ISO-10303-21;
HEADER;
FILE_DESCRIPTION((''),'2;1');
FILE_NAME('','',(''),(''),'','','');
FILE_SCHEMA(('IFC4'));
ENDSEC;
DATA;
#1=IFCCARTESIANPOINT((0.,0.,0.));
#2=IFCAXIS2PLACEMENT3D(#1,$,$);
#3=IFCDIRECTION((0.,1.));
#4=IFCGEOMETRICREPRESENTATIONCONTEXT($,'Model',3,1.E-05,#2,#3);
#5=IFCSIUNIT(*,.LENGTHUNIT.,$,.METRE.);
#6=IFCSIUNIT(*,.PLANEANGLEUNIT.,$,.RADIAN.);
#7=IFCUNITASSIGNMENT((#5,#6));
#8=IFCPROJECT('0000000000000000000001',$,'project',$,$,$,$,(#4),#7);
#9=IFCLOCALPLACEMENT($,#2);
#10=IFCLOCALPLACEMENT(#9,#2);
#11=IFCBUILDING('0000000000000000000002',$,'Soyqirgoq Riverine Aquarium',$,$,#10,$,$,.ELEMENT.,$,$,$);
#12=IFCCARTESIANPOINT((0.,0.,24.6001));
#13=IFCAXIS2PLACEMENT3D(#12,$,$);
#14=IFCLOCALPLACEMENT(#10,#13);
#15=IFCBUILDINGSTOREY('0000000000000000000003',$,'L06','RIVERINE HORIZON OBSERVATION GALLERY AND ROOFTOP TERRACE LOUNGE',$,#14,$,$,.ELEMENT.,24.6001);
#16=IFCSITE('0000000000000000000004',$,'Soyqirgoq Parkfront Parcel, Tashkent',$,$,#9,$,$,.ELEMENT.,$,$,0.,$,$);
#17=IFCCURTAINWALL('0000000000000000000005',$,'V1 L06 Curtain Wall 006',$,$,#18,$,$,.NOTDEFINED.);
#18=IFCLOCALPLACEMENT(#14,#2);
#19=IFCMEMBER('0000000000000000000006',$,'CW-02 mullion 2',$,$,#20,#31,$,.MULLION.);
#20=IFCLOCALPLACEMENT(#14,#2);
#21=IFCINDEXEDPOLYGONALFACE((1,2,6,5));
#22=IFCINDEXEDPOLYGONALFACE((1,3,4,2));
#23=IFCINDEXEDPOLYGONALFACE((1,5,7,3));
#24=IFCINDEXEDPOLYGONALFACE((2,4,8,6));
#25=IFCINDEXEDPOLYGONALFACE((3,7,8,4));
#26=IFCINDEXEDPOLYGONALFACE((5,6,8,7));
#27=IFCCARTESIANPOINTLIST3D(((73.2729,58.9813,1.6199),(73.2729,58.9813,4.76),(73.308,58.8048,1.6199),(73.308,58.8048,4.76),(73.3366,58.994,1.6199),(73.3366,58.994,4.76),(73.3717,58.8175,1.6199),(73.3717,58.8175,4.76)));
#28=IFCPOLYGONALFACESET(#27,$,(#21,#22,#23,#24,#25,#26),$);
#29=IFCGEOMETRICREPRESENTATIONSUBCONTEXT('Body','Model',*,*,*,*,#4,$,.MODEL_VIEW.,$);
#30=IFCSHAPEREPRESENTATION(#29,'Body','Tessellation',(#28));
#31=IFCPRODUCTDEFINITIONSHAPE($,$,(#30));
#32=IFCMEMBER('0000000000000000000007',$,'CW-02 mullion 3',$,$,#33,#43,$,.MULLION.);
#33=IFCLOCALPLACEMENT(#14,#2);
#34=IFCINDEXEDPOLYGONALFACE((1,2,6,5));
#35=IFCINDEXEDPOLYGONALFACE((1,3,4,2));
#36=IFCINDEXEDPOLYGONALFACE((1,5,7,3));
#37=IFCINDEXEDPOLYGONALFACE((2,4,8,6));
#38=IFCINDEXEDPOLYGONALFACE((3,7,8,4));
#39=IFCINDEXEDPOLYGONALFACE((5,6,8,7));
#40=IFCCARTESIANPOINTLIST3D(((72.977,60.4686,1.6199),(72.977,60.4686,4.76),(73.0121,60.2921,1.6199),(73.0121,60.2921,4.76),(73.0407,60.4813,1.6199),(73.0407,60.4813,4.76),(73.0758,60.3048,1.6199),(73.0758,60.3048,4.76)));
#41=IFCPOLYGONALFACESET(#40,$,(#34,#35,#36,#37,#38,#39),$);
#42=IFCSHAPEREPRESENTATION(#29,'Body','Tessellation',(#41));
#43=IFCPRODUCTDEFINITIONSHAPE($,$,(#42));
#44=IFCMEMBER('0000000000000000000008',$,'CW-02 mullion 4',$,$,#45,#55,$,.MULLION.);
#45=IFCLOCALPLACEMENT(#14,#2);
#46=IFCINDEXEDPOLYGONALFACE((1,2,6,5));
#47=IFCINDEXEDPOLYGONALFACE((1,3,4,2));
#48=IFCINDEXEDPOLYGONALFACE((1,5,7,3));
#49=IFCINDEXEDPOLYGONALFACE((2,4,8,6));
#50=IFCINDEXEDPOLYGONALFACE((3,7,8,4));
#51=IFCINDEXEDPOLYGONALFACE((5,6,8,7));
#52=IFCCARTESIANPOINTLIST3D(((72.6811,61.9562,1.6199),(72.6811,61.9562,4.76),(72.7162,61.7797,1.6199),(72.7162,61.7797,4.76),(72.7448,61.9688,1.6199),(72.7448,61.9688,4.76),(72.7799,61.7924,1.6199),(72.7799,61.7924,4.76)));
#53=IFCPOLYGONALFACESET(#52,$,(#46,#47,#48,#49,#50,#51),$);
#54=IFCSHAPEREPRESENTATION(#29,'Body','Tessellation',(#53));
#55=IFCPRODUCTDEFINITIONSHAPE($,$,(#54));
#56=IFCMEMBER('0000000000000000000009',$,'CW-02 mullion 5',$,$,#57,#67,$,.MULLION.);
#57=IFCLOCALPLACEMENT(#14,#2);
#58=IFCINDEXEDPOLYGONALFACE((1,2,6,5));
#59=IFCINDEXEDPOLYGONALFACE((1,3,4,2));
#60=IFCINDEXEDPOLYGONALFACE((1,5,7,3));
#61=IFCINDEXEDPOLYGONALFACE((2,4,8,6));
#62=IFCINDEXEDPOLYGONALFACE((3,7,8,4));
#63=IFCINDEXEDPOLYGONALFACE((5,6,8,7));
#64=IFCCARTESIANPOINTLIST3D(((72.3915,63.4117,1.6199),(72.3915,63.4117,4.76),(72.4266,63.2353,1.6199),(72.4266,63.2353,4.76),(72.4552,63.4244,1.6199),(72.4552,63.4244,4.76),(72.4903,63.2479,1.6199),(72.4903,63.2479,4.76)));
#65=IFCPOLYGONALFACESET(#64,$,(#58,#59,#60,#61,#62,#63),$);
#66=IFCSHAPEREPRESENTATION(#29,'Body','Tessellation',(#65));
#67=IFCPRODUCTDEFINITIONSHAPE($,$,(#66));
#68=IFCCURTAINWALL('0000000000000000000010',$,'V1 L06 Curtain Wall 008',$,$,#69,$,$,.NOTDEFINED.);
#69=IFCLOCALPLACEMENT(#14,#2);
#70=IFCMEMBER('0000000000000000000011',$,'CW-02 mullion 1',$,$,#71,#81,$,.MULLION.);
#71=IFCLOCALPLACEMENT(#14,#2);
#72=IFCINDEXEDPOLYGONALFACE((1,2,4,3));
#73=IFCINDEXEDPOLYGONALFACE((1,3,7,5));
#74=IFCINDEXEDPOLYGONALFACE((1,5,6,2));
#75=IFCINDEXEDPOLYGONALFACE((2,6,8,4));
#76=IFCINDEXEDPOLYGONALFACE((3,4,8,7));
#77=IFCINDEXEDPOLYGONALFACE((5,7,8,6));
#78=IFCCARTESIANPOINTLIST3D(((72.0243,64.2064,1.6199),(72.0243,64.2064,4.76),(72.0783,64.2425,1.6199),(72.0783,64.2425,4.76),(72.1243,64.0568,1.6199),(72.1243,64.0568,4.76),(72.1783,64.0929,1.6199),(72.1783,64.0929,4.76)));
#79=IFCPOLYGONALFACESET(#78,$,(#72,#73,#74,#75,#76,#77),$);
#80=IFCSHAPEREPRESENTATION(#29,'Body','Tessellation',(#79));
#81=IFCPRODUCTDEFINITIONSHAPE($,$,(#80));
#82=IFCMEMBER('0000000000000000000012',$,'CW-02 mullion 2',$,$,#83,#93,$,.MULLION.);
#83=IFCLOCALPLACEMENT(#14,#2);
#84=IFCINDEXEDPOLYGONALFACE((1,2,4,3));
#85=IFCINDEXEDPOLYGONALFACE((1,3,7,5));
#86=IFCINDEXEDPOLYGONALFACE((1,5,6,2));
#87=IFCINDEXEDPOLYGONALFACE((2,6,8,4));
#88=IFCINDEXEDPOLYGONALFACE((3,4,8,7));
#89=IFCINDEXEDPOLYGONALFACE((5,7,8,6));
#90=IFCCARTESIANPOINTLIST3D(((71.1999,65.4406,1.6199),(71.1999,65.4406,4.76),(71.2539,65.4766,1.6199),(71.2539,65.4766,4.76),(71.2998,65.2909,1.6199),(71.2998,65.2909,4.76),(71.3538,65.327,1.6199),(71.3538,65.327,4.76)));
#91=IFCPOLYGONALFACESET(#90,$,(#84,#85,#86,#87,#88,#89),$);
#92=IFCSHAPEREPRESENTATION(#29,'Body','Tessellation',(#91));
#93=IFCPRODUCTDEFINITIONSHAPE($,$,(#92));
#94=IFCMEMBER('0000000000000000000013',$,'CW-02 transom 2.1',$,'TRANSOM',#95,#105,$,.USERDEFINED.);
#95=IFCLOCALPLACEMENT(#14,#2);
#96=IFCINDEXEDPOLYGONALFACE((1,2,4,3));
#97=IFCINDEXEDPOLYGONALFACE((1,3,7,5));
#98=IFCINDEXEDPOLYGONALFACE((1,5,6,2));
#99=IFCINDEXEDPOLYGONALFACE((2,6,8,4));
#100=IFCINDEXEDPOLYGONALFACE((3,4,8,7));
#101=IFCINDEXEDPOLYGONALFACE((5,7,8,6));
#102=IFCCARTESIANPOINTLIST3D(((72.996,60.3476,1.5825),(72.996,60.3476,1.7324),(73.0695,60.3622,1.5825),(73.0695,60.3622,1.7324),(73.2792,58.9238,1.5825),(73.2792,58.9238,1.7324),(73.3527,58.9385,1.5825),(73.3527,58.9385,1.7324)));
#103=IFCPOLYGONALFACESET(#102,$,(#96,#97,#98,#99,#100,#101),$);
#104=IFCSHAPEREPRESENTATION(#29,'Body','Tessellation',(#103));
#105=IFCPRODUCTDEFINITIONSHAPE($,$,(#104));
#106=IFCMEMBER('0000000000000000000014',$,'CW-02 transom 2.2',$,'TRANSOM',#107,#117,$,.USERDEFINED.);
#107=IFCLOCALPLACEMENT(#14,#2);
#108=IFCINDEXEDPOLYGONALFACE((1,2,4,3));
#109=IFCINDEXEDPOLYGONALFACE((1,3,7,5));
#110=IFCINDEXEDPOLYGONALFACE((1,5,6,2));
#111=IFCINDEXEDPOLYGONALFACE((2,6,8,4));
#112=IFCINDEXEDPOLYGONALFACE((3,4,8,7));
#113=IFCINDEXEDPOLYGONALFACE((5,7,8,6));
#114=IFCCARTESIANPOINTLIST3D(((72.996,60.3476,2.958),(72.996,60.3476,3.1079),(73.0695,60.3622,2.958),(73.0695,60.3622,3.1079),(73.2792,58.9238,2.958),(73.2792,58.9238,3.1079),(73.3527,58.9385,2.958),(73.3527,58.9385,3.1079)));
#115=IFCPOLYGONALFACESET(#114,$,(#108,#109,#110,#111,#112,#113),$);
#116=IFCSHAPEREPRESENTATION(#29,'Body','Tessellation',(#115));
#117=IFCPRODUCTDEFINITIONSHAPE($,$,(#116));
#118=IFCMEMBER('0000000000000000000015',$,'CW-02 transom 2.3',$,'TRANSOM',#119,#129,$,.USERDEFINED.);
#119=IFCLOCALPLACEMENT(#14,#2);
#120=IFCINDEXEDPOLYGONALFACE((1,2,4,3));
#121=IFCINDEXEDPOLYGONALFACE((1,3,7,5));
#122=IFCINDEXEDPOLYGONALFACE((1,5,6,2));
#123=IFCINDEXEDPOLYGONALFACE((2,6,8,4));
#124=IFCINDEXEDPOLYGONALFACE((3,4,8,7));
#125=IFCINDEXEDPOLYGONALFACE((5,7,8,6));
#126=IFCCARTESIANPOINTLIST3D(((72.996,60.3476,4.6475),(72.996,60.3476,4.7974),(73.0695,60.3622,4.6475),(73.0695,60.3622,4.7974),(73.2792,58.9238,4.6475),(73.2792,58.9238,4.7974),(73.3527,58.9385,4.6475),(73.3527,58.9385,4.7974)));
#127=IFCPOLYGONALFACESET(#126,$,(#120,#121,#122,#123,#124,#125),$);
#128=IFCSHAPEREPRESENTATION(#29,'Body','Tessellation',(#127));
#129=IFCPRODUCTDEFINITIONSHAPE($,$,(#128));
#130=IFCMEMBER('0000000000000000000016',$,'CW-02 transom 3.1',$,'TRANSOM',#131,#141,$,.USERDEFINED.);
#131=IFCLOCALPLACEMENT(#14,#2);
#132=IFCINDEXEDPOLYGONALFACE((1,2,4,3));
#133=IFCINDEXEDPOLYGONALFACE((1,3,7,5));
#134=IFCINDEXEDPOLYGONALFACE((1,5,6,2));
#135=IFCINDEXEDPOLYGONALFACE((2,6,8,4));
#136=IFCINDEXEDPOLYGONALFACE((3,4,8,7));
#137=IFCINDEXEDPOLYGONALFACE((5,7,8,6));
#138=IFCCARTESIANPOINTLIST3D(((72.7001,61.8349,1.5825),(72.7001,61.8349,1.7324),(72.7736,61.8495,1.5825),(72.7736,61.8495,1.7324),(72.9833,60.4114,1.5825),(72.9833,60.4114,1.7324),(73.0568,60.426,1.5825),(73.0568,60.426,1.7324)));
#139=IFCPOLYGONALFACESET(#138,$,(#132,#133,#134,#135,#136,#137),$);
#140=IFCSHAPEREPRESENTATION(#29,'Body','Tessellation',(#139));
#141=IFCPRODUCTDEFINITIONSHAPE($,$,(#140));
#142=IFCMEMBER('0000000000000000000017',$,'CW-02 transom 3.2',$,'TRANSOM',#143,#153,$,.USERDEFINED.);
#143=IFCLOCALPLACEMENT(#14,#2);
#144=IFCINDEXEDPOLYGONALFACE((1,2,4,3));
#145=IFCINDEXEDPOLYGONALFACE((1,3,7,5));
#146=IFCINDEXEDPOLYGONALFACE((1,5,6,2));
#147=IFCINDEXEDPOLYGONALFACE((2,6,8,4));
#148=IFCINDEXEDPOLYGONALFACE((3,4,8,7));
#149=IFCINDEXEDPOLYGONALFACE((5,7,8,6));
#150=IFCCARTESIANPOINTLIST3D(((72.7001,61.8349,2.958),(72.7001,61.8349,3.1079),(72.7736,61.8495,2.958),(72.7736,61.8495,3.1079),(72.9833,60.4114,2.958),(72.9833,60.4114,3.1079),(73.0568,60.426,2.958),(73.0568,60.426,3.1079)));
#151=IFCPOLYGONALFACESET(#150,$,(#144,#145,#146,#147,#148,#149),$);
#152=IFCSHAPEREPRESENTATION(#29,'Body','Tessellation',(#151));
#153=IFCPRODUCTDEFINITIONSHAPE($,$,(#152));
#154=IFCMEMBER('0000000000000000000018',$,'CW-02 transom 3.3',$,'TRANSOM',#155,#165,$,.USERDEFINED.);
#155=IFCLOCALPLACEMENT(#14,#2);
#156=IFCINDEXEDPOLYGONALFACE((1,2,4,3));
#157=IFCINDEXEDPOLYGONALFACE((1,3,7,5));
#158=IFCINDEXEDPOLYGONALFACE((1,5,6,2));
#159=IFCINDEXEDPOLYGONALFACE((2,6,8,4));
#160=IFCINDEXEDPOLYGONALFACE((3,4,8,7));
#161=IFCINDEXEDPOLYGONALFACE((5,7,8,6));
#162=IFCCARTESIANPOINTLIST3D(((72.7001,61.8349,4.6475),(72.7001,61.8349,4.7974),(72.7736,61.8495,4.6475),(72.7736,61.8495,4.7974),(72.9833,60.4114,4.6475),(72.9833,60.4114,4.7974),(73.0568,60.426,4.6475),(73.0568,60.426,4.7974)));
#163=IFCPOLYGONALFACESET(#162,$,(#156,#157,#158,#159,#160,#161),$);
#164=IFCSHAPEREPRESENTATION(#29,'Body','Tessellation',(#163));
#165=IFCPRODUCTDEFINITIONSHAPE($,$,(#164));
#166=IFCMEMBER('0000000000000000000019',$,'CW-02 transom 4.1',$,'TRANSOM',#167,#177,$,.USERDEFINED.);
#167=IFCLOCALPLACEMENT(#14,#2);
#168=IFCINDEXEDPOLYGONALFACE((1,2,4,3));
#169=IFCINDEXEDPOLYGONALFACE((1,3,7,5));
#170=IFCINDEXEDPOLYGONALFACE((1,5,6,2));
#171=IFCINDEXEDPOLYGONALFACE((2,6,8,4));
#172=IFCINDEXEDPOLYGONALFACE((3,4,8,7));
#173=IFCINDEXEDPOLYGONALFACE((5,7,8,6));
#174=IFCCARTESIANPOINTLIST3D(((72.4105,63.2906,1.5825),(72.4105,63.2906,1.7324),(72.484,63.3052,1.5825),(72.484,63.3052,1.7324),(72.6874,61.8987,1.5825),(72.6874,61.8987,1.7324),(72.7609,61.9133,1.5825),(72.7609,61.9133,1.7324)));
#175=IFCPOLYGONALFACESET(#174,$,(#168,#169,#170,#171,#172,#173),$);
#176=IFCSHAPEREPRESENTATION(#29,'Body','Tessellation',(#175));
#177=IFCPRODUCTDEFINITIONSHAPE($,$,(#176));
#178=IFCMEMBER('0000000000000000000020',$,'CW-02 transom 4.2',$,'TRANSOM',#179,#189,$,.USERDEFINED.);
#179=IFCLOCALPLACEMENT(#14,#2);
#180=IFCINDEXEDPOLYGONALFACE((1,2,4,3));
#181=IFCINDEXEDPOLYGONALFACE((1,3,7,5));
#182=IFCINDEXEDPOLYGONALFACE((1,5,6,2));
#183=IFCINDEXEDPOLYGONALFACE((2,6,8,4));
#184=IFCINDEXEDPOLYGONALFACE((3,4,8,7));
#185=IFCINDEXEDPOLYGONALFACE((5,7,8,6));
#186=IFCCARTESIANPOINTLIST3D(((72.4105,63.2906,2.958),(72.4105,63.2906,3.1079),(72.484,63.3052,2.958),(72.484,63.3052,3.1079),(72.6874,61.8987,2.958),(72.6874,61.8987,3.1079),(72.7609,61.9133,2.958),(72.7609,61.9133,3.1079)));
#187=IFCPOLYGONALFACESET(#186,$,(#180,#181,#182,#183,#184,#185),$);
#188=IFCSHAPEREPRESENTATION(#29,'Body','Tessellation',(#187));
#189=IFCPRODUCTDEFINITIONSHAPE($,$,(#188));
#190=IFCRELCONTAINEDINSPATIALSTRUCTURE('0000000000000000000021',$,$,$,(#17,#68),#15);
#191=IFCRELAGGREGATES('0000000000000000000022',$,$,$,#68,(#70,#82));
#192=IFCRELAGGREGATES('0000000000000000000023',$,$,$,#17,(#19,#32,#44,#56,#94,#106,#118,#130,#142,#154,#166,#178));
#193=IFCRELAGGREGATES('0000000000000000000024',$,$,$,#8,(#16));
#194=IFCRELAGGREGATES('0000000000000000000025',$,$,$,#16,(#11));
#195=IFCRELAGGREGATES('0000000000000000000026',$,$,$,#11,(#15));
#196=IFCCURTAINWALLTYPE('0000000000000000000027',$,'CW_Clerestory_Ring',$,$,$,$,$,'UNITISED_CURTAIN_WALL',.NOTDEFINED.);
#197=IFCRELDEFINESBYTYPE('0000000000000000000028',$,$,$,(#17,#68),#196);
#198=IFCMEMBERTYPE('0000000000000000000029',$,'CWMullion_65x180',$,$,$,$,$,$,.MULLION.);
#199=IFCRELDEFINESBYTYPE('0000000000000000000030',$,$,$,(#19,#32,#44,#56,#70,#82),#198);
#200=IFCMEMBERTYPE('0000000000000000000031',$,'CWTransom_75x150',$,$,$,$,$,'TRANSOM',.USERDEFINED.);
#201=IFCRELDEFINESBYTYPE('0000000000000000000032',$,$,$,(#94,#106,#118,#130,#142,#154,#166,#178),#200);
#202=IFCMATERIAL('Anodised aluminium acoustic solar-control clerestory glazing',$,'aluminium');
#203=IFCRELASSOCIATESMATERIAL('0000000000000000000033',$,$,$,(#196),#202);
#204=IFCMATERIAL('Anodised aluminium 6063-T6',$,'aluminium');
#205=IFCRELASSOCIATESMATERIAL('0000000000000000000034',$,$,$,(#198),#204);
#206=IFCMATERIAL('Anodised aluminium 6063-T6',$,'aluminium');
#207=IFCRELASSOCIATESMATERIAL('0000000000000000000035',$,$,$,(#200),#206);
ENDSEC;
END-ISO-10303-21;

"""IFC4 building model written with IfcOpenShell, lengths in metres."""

from ifc_helpers import new_model, si_unit, direction, frame, origin, origin_2d, place, context, subcontext, project, spatial, rectangle, extrude, material, material_profile, profile_set, type_object, element, aggregate, save


model = new_model("IFC4")

# Units and contexts
model_context = context("Model", 3, precision=1e-05, world=origin(), true_north=direction((0.0, 1.0)))
body_context = subcontext(model_context, "Body", "Model", "MODEL_VIEW")
ifc_project = project(units=[si_unit("LENGTHUNIT", "METRE"), si_unit("PLANEANGLEUNIT", "RADIAN")], contexts=[model_context])

# Site, building, storey
site_placement = place(None, origin())
site = spatial("IfcSite", under=ifc_project, at=site_placement, Name="Soyqirgoq Parkfront Parcel, Tashkent", CompositionType="ELEMENT", RefElevation=0.0)
building_placement = place(site_placement, origin())
building = spatial("IfcBuilding", under=site, at=building_placement, Name="Soyqirgoq Riverine Aquarium", CompositionType="ELEMENT")
storey_placement = place(building_placement, frame((0.0, 0.0, 24.6001)))
storey = spatial("IfcBuildingStorey", under=building, at=storey_placement, Name="L06", Description="RIVERINE HORIZON OBSERVATION GALLERY AND ROOFTOP TERRACE LOUNGE", CompositionType="ELEMENT", Elevation=24.6001)

# Curtain walls, members
ifc_material_1 = material(Name="Anodised aluminium acoustic solar-control clerestory glazing", Category="aluminium")
curtain_wall_type = type_object("IfcCurtainWallType", Name="CW_Clerestory_Ring", ElementType="UNITISED_CURTAIN_WALL", PredefinedType="NOTDEFINED", material=ifc_material_1)
curtain_wall_1_placement = place(storey_placement, origin())
curtain_wall_1 = element("IfcCurtainWall", 1, at=curtain_wall_1_placement, inside=storey, type_object=curtain_wall_type, Name="V1 L06 Curtain Wall 006", PredefinedType="NOTDEFINED")
ifc_material_2 = material(Name="Anodised aluminium 6063-T6", Category="aluminium")
ifc_material_profile_1 = material_profile(ifc_material_2, rectangle(XDim=0.0649, YDim=0.1799, at=origin_2d()), Name="ALU-M 65x180")
ifc_profile_set_1 = profile_set([ifc_material_profile_1], Name="Anodised aluminium 6063-T6")
member_type_1 = type_object("IfcMemberType", Name="CWMullion_65x180", PredefinedType="MULLION", material=ifc_profile_set_1)
member_1_placement = place(storey_placement, frame((73.3223, 58.8994, 1.6199), z_axis=(0.0, 0.0, 1.0), x_axis=(-0.980784, -0.195095, 0.0)))
member_1 = element("IfcMember", 2, at=member_1_placement, type_object=member_type_1, Name="CW-02 mullion 2", PredefinedType="MULLION", context=body_context, shape_type="SweptSolid", body=[
    extrude(rectangle(XDim=0.0649, YDim=0.1799, at=origin_2d()), origin(), (0.0, 0.0, 1.0), 3.1401),
])
member_2_placement = place(storey_placement, frame((73.0264, 60.3867, 1.6199), z_axis=(0.0, 0.0, 1.0), x_axis=(-0.980784, -0.195095, 0.0)))
member_2 = element("IfcMember", 3, at=member_2_placement, type_object=member_type_1, Name="CW-02 mullion 3", PredefinedType="MULLION", context=body_context, shape_type="SweptSolid", body=[
    extrude(rectangle(XDim=0.0649, YDim=0.1799, at=origin_2d()), origin(), (0.0, 0.0, 1.0), 3.1401),
])
member_3_placement = place(storey_placement, frame((72.7305, 61.8743, 1.6199), z_axis=(0.0, 0.0, 1.0), x_axis=(-0.980784, -0.195095, 0.0)))
member_3 = element("IfcMember", 4, at=member_3_placement, type_object=member_type_1, Name="CW-02 mullion 4", PredefinedType="MULLION", context=body_context, shape_type="SweptSolid", body=[
    extrude(rectangle(XDim=0.0649, YDim=0.1799, at=origin_2d()), origin(), (0.0, 0.0, 1.0), 3.1401),
])
member_4_placement = place(storey_placement, frame((72.4409, 63.3298, 1.6199), z_axis=(0.0, 0.0, 1.0), x_axis=(-0.980784, -0.195095, 0.0)))
member_4 = element("IfcMember", 5, at=member_4_placement, type_object=member_type_1, Name="CW-02 mullion 5", PredefinedType="MULLION", context=body_context, shape_type="SweptSolid", body=[
    extrude(rectangle(XDim=0.0649, YDim=0.1799, at=origin_2d()), origin(), (0.0, 0.0, 1.0), 3.1401),
])
curtain_wall_2_placement = place(storey_placement, origin())
curtain_wall_2 = element("IfcCurtainWall", 6, at=curtain_wall_2_placement, inside=storey, type_object=curtain_wall_type, Name="V1 L06 Curtain Wall 008", PredefinedType="NOTDEFINED")
member_5_placement = place(storey_placement, frame((72.1013, 64.1497, 1.6199), z_axis=(0.0, 0.0, 1.0), x_axis=(-0.831464, -0.555579, 0.0)))
member_5 = element("IfcMember", 7, at=member_5_placement, type_object=member_type_1, Name="CW-02 mullion 1", PredefinedType="MULLION", context=body_context, shape_type="SweptSolid", body=[
    extrude(rectangle(XDim=0.0649, YDim=0.1799, at=origin_2d()), origin(), (0.0, 0.0, 1.0), 3.1401),
])
member_6_placement = place(storey_placement, frame((71.2769, 65.3838, 1.6199), z_axis=(0.0, 0.0, 1.0), x_axis=(-0.831464, -0.555579, 0.0)))
member_6 = element("IfcMember", 8, at=member_6_placement, type_object=member_type_1, Name="CW-02 mullion 2", PredefinedType="MULLION", context=body_context, shape_type="SweptSolid", body=[
    extrude(rectangle(XDim=0.0649, YDim=0.1799, at=origin_2d()), origin(), (0.0, 0.0, 1.0), 3.1401),
])

# Members
ifc_material_3 = material(Name="Anodised aluminium 6063-T6", Category="aluminium")
ifc_material_profile_2 = material_profile(ifc_material_3, rectangle(XDim=0.075, YDim=0.1499, at=origin_2d()), Name="ALU-T 75x150")
ifc_profile_set_2 = profile_set([ifc_material_profile_2], Name="Anodised aluminium 6063-T6")
member_type_2 = type_object("IfcMemberType", Name="CWTransom_75x150", ElementType="TRANSOM", PredefinedType="USERDEFINED", material=ifc_profile_set_2)
member_7_placement = place(storey_placement, frame((73.3159, 58.9312, 1.6575), z_axis=(-0.195081, 0.980787, 0.0), x_axis=(-0.980787, -0.195081, 0.0)))
member_7 = element("IfcMember", 9, at=member_7_placement, type_object=member_type_2, Name="CW-02 transom 2.1", ObjectType="TRANSOM", PredefinedType="USERDEFINED", context=body_context, shape_type="SweptSolid", body=[
    extrude(rectangle(XDim=0.075, YDim=0.1499, at=origin_2d()), origin(), (0.0, 0.0, 1.0), 1.4517),
])
member_8_placement = place(storey_placement, frame((73.3159, 58.9312, 3.033), z_axis=(-0.195081, 0.980787, 0.0), x_axis=(-0.980787, -0.195081, 0.0)))
member_8 = element("IfcMember", 10, at=member_8_placement, type_object=member_type_2, Name="CW-02 transom 2.2", ObjectType="TRANSOM", PredefinedType="USERDEFINED", context=body_context, shape_type="SweptSolid", body=[
    extrude(rectangle(XDim=0.075, YDim=0.1499, at=origin_2d()), origin(), (0.0, 0.0, 1.0), 1.4517),
])
member_9_placement = place(storey_placement, frame((73.3159, 58.9312, 4.7224), z_axis=(-0.195081, 0.980787, 0.0), x_axis=(-0.980787, -0.195081, 0.0)))
member_9 = element("IfcMember", 11, at=member_9_placement, type_object=member_type_2, Name="CW-02 transom 2.3", ObjectType="TRANSOM", PredefinedType="USERDEFINED", context=body_context, shape_type="SweptSolid", body=[
    extrude(rectangle(XDim=0.075, YDim=0.1499, at=origin_2d()), origin(), (0.0, 0.0, 1.0), 1.4517),
])
member_10_placement = place(storey_placement, frame((73.02, 60.4187, 1.6575), z_axis=(-0.195113, 0.980781, 0.0), x_axis=(-0.980781, -0.195113, 0.0)))
member_10 = element("IfcMember", 12, at=member_10_placement, type_object=member_type_2, Name="CW-02 transom 3.1", ObjectType="TRANSOM", PredefinedType="USERDEFINED", context=body_context, shape_type="SweptSolid", body=[
    extrude(rectangle(XDim=0.075, YDim=0.1499, at=origin_2d()), origin(), (0.0, 0.0, 1.0), 1.4514),
])
member_11_placement = place(storey_placement, frame((73.02, 60.4187, 3.033), z_axis=(-0.195113, 0.980781, 0.0), x_axis=(-0.980781, -0.195113, 0.0)))
member_11 = element("IfcMember", 13, at=member_11_placement, type_object=member_type_2, Name="CW-02 transom 3.2", ObjectType="TRANSOM", PredefinedType="USERDEFINED", context=body_context, shape_type="SweptSolid", body=[
    extrude(rectangle(XDim=0.075, YDim=0.1499, at=origin_2d()), origin(), (0.0, 0.0, 1.0), 1.4514),
])
member_12_placement = place(storey_placement, frame((73.02, 60.4187, 4.7224), z_axis=(-0.195113, 0.980781, 0.0), x_axis=(-0.980781, -0.195113, 0.0)))
member_12 = element("IfcMember", 14, at=member_12_placement, type_object=member_type_2, Name="CW-02 transom 3.3", ObjectType="TRANSOM", PredefinedType="USERDEFINED", context=body_context, shape_type="SweptSolid", body=[
    extrude(rectangle(XDim=0.075, YDim=0.1499, at=origin_2d()), origin(), (0.0, 0.0, 1.0), 1.4514),
])
member_13_placement = place(storey_placement, frame((72.7241, 61.906, 1.6575), z_axis=(-0.19509, 0.980785, 0.0), x_axis=(-0.980785, -0.19509, 0.0)))
member_13 = element("IfcMember", 15, at=member_13_placement, type_object=member_type_2, Name="CW-02 transom 4.1", ObjectType="TRANSOM", PredefinedType="USERDEFINED", context=body_context, shape_type="SweptSolid", body=[
    extrude(rectangle(XDim=0.075, YDim=0.1499, at=origin_2d()), origin(), (0.0, 0.0, 1.0), 1.4192),
])
member_14_placement = place(storey_placement, frame((72.7241, 61.906, 3.033), z_axis=(-0.19509, 0.980785, 0.0), x_axis=(-0.980785, -0.19509, 0.0)))
member_14 = element("IfcMember", 16, at=member_14_placement, type_object=member_type_2, Name="CW-02 transom 4.2", ObjectType="TRANSOM", PredefinedType="USERDEFINED", context=body_context, shape_type="SweptSolid", body=[
    extrude(rectangle(XDim=0.075, YDim=0.1499, at=origin_2d()), origin(), (0.0, 0.0, 1.0), 1.4192),
])

aggregate(curtain_wall_2, [member_5, member_6])
aggregate(curtain_wall_1, [member_1, member_2, member_3, member_4, member_7, member_8, member_9, member_10, member_11, member_12, member_13, member_14])

save(model, "model.ifc")
